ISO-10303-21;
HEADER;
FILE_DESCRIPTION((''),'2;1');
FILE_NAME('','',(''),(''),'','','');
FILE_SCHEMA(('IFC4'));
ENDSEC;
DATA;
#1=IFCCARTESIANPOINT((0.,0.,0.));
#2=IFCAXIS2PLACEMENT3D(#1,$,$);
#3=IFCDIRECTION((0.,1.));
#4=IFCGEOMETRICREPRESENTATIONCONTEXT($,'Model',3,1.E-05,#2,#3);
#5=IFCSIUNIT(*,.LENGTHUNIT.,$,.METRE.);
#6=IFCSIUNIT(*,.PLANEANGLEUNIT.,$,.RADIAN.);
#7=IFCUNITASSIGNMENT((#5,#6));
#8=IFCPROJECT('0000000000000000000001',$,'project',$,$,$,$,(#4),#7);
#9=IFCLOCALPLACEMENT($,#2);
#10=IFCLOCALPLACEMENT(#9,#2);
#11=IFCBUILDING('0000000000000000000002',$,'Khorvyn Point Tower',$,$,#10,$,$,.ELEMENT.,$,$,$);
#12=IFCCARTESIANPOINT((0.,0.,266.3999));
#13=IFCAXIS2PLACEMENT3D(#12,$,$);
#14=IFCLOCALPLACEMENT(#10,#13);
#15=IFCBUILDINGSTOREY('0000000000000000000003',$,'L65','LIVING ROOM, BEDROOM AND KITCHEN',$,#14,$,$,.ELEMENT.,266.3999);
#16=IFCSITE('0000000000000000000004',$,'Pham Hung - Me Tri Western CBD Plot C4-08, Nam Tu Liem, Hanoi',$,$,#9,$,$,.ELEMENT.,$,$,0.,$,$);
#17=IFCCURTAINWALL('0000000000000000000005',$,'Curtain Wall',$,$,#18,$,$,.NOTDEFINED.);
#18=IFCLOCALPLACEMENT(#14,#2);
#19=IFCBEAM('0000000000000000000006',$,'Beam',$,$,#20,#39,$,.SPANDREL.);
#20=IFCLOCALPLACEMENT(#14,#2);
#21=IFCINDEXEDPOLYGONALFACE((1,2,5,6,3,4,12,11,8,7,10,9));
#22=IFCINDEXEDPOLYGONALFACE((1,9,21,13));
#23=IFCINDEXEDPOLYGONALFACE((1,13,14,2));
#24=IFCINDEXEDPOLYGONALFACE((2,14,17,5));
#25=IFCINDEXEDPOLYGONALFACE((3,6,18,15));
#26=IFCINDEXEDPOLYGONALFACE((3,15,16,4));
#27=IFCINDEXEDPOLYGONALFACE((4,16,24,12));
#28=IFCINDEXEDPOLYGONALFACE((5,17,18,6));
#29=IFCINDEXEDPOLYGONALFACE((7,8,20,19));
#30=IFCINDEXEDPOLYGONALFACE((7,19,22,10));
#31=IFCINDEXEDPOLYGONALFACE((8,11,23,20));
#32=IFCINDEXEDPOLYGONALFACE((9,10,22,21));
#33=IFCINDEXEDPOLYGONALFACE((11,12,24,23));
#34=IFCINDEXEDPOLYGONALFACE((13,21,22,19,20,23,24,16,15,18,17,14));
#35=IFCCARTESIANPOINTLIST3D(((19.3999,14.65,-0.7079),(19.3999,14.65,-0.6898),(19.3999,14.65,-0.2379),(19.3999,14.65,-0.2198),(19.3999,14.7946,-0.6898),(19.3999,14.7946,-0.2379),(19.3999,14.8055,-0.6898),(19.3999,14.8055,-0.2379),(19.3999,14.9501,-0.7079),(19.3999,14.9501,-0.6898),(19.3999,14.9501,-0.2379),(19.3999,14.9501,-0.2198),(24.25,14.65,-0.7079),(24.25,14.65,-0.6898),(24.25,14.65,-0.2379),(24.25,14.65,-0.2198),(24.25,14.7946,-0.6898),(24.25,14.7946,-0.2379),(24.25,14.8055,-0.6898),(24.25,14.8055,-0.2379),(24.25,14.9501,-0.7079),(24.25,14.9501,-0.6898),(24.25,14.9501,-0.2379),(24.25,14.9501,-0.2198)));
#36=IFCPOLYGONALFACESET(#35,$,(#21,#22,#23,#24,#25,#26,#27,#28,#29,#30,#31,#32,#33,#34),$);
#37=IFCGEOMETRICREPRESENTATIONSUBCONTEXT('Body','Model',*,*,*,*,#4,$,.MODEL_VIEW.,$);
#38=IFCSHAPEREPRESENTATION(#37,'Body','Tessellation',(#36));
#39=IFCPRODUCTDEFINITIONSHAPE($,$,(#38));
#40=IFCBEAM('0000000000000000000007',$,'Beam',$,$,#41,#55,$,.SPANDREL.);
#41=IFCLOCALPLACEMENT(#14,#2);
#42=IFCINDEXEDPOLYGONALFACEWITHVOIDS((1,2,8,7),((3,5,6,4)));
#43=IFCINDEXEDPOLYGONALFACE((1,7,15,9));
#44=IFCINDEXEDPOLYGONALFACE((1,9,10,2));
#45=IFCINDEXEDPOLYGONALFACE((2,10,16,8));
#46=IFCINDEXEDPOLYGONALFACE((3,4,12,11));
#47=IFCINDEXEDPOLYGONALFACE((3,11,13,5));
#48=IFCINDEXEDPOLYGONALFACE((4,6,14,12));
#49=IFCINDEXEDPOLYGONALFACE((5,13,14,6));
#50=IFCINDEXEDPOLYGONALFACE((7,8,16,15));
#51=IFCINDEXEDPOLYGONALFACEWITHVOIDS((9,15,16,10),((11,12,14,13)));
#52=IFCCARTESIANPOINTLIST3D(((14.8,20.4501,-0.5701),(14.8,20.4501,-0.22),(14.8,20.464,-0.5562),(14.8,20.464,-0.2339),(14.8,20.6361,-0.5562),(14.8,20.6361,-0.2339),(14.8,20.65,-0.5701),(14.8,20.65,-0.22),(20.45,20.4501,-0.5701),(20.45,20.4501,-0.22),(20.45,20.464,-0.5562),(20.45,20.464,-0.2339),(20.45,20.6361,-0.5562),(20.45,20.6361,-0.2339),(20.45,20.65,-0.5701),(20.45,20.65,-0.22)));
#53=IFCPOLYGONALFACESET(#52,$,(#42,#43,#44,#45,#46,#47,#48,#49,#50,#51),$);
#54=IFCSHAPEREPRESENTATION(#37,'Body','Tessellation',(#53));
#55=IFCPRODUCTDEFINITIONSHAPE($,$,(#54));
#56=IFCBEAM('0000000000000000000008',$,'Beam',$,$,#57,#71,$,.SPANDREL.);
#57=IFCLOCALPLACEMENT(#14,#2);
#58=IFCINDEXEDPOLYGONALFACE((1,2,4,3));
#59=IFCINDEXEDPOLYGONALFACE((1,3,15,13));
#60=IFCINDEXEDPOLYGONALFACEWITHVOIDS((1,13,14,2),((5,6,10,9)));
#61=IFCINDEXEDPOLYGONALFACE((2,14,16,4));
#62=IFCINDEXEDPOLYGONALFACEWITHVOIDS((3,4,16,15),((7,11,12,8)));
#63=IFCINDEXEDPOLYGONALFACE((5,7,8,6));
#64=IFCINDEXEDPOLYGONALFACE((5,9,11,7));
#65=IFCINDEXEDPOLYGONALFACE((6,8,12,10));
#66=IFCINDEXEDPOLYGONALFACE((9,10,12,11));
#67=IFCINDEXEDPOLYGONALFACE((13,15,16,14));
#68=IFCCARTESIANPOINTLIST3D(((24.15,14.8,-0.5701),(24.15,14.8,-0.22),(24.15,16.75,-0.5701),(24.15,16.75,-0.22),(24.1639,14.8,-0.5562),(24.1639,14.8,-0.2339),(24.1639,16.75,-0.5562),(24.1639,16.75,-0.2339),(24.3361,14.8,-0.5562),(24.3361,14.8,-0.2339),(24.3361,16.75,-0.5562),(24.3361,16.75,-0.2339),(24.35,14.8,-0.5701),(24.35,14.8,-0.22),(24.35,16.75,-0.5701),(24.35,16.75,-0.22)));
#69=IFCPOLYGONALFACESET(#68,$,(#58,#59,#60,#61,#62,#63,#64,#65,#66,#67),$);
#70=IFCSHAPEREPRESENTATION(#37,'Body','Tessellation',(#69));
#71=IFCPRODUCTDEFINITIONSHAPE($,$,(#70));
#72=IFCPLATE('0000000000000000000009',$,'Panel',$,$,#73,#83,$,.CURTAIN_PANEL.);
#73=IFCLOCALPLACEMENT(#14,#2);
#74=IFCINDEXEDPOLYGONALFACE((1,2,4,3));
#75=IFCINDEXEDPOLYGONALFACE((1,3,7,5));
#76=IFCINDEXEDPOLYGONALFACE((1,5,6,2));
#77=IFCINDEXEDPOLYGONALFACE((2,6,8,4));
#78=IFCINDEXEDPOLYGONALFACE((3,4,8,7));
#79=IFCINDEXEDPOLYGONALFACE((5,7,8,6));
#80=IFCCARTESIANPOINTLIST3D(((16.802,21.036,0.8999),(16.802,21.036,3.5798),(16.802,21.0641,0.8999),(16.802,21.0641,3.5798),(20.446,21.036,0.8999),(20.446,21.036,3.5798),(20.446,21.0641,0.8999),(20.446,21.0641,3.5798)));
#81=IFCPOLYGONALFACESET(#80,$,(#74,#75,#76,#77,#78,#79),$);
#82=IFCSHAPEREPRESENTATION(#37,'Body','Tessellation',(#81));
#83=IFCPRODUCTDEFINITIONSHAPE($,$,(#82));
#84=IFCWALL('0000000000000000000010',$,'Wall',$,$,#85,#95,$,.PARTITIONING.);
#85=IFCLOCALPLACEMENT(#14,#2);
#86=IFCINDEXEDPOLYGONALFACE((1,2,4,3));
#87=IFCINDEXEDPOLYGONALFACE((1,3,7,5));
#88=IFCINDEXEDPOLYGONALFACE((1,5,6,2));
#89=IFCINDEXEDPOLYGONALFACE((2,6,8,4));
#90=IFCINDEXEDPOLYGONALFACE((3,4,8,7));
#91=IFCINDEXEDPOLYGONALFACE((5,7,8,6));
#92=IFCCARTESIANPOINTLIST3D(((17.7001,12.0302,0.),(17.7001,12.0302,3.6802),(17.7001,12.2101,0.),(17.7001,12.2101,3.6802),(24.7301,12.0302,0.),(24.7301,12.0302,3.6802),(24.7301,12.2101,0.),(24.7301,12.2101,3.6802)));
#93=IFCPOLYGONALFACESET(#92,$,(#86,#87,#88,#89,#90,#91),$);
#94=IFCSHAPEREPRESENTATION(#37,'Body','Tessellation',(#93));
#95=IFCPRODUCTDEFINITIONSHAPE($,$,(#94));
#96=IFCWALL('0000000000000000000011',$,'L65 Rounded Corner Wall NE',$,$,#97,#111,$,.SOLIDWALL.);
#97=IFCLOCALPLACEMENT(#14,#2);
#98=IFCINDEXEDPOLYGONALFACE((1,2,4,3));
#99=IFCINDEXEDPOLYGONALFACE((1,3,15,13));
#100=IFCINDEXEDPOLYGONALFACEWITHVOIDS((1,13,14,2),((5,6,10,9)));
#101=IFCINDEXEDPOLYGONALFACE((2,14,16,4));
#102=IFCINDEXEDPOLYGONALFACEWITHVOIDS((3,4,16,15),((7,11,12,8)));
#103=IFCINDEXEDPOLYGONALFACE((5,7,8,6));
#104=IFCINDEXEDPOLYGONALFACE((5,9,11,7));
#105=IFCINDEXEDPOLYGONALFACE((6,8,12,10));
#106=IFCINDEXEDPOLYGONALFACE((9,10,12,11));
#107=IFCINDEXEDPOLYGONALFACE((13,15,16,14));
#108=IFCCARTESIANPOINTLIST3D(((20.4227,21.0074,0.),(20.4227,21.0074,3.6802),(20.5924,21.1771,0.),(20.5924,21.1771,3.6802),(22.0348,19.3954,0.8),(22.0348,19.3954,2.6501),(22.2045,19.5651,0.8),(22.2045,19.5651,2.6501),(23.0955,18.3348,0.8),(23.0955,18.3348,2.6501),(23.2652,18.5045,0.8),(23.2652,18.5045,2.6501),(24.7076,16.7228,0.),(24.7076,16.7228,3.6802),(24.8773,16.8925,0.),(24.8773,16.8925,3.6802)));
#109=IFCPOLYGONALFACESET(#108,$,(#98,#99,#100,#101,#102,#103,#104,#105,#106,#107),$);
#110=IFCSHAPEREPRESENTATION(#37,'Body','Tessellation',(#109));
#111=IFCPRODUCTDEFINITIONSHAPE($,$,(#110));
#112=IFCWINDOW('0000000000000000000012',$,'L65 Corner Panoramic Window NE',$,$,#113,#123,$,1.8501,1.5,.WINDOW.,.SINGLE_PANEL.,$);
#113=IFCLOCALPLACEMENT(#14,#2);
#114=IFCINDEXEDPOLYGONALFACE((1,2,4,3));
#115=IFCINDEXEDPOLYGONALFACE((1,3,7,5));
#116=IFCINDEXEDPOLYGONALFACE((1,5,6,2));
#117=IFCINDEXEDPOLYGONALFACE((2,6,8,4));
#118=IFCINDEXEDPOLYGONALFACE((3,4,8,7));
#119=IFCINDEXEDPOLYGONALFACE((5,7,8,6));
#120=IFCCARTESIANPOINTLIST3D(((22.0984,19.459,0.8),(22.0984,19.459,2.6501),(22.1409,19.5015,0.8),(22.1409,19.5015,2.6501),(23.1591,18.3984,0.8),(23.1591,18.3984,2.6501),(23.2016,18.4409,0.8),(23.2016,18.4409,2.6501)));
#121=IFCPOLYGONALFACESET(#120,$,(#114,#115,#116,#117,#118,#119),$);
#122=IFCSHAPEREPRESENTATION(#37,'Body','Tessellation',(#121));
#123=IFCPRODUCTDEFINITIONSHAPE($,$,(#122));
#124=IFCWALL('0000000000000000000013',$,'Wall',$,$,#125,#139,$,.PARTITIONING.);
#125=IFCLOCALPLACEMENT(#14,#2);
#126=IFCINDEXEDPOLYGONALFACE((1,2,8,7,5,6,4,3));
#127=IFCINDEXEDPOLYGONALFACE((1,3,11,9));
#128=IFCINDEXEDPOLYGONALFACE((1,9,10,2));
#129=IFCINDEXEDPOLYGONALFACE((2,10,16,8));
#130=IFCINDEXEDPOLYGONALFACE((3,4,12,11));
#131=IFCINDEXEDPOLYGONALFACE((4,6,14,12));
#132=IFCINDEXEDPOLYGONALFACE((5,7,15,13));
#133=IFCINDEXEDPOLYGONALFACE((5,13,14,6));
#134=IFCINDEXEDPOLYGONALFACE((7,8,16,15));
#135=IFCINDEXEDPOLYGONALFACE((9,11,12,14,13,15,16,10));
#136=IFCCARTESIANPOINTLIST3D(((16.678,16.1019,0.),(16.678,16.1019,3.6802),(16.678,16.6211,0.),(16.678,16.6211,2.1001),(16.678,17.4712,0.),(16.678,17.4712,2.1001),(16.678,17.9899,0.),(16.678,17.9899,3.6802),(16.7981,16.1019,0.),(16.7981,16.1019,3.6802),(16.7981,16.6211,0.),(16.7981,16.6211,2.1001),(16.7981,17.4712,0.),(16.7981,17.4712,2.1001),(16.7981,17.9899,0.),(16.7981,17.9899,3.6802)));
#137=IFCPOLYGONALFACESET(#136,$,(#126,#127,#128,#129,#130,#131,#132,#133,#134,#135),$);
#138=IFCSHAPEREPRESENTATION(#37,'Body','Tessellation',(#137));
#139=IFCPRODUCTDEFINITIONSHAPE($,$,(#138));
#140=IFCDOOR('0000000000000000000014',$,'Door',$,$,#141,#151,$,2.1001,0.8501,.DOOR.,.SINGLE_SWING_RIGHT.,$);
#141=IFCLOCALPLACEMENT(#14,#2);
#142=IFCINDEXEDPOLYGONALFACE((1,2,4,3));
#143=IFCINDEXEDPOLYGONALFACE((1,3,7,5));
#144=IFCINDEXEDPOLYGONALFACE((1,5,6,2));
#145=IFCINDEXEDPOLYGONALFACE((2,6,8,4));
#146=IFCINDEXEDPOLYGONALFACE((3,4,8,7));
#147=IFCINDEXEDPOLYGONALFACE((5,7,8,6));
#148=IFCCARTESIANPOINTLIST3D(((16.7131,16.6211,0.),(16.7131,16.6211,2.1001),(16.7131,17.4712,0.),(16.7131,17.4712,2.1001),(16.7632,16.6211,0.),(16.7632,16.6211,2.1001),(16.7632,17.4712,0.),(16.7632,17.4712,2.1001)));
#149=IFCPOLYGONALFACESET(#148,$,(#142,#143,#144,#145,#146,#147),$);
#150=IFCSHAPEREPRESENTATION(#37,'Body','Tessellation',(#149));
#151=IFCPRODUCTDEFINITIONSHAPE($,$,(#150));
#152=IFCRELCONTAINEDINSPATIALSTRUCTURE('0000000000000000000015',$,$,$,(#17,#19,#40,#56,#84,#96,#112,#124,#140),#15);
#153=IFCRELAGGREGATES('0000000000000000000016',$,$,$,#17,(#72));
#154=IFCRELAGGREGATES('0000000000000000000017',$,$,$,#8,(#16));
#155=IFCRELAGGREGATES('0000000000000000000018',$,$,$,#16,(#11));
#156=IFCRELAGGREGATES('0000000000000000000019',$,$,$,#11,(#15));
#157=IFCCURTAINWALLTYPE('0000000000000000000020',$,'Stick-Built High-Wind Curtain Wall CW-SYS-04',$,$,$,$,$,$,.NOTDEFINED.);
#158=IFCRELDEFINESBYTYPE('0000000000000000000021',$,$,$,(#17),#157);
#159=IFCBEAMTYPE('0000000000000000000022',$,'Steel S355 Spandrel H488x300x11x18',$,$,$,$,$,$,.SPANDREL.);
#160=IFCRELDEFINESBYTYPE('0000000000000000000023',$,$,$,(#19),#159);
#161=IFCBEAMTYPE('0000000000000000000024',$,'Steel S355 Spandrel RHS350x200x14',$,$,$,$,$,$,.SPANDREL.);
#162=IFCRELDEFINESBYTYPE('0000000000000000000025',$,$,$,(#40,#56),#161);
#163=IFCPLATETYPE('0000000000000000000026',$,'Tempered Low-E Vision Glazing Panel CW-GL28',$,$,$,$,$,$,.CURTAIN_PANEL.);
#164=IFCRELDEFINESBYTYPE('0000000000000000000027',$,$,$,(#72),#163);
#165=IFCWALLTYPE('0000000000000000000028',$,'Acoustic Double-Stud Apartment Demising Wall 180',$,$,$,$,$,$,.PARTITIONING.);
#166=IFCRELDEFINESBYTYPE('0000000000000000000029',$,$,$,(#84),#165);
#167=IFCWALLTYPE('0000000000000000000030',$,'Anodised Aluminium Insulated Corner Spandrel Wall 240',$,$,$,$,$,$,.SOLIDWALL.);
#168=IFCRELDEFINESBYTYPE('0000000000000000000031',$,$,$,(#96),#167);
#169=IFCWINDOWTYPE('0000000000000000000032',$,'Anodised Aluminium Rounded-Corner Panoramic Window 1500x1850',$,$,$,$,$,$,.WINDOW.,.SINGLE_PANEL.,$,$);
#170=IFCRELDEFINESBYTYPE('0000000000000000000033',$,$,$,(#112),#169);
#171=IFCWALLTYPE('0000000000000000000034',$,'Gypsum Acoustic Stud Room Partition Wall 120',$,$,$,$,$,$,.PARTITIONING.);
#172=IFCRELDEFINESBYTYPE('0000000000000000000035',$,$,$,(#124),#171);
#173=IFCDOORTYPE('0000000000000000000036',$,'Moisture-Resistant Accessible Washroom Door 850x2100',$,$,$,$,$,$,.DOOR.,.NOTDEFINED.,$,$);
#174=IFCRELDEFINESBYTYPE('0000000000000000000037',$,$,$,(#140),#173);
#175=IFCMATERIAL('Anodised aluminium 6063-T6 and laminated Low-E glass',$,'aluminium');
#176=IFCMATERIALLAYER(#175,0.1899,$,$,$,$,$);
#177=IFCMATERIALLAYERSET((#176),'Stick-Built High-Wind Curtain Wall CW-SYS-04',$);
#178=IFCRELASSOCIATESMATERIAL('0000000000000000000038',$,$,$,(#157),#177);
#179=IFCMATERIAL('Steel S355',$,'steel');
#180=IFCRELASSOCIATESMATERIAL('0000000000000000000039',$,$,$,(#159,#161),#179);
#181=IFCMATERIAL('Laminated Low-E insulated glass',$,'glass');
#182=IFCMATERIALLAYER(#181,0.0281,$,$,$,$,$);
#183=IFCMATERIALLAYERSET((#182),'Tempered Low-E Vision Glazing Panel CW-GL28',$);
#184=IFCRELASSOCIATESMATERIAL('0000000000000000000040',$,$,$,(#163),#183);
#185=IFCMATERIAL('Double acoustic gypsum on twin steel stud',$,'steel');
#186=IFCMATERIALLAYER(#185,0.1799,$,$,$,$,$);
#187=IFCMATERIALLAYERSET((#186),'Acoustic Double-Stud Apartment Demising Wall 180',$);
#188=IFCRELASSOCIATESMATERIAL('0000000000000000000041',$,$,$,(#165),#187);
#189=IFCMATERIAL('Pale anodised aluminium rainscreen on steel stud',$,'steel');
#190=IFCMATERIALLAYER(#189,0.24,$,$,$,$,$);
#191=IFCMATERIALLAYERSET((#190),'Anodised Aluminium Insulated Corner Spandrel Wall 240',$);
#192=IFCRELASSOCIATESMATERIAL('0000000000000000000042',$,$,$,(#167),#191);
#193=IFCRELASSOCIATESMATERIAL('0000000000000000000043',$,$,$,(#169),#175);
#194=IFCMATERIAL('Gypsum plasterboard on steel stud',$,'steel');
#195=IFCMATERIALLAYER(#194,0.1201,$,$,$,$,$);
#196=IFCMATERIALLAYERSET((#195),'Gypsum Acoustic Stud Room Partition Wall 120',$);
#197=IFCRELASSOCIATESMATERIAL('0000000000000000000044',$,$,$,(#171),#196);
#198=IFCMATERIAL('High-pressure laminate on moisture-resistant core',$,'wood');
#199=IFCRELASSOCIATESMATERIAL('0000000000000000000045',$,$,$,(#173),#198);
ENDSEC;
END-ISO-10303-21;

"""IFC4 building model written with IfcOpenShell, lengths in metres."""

from ifc_helpers import new_model, si_unit, direction, frame, frame_2d, origin, origin_2d, place, context, subcontext, project, spatial, rectangle, hollow_rectangle, i_section, extrude, material, layer, layer_set, material_profile, profile_set, type_object, element, fill, aggregate, save


model = new_model("IFC4")

# Units and contexts
model_context = context("Model", 3, precision=1e-05, world=origin(), true_north=direction((0.0, 1.0)))
body_context = subcontext(model_context, "Body", "Model", "MODEL_VIEW")
ifc_project = project(units=[si_unit("LENGTHUNIT", "METRE"), si_unit("PLANEANGLEUNIT", "RADIAN")], contexts=[model_context])

# Site, building, storey
site_placement = place(None, origin())
site = spatial("IfcSite", under=ifc_project, at=site_placement, Name="Pham Hung - Me Tri Western CBD Plot C4-08, Nam Tu Liem, Hanoi", CompositionType="ELEMENT", RefElevation=0.0)
building_placement = place(site_placement, origin())
building = spatial("IfcBuilding", under=site, at=building_placement, Name="Khorvyn Point Tower", CompositionType="ELEMENT")
storey_placement = place(building_placement, frame((0.0, 0.0, 266.3999)))
storey = spatial("IfcBuildingStorey", under=building, at=storey_placement, Name="L65", Description="LIVING ROOM, BEDROOM AND KITCHEN", CompositionType="ELEMENT", Elevation=266.3999)

# Shared definitions
ifc_material_1 = material(Name="Steel S355", Category="steel")

# Curtain wall
ifc_material_2 = material(Name="Anodised aluminium 6063-T6 and laminated Low-E glass", Category="aluminium")
ifc_layer_1 = layer(ifc_material_2, 0.1899)
ifc_layer_set_1 = layer_set([ifc_layer_1], Name="Stick-Built High-Wind Curtain Wall CW-SYS-04")
curtain_wall_type = type_object("IfcCurtainWallType", Name="Stick-Built High-Wind Curtain Wall CW-SYS-04", PredefinedType="NOTDEFINED", material=ifc_layer_set_1)
curtain_wall_1_placement = place(storey_placement, origin())
curtain_wall_1 = element("IfcCurtainWall", 1, at=curtain_wall_1_placement, inside=storey, type_object=curtain_wall_type, Name="Curtain Wall", PredefinedType="NOTDEFINED")

# Beams
ifc_material_profile_1 = material_profile(ifc_material_1, i_section(OverallWidth=0.3, OverallDepth=0.488, WebThickness=0.011, FlangeThickness=0.0181, at=origin_2d()))
ifc_profile_set_1 = profile_set([ifc_material_profile_1], Name="Steel S355 H488x300x11x18")
beam_type_1 = type_object("IfcBeamType", Name="Steel S355 Spandrel H488x300x11x18", PredefinedType="SPANDREL", material=ifc_profile_set_1)
beam_1_placement = place(storey_placement, frame((19.3999, 14.8, -0.4639), z_axis=(1.0, 0.0, 0.0), x_axis=(0.0, 1.0, 0.0)))
element("IfcBeam", 2, at=beam_1_placement, inside=storey, type_object=beam_type_1, Name="Beam", PredefinedType="SPANDREL", context=body_context, shape_type="SweptSolid", body=[
    extrude(i_section(OverallWidth=0.3, OverallDepth=0.488, WebThickness=0.011, FlangeThickness=0.0181, at=origin_2d()), origin(), (0.0, 0.0, 1.0), 4.8501),
])
ifc_material_profile_2 = material_profile(ifc_material_1, hollow_rectangle(XDim=0.2, YDim=0.3501, WallThickness=0.0139, at=origin_2d()))
ifc_profile_set_2 = profile_set([ifc_material_profile_2], Name="Steel S355 RHS350x200x14")
beam_type_2 = type_object("IfcBeamType", Name="Steel S355 Spandrel RHS350x200x14", PredefinedType="SPANDREL", material=ifc_profile_set_2)
beam_2_placement = place(storey_placement, frame((14.8, 20.55, -0.395), z_axis=(1.0, 0.0, 0.0), x_axis=(0.0, 1.0, 0.0)))
element("IfcBeam", 3, at=beam_2_placement, inside=storey, type_object=beam_type_2, Name="Beam", PredefinedType="SPANDREL", context=body_context, shape_type="SweptSolid", body=[
    extrude(hollow_rectangle(XDim=0.2, YDim=0.3501, WallThickness=0.0139, at=origin_2d()), origin(), (0.0, 0.0, 1.0), 5.6499),
])
beam_3_placement = place(storey_placement, frame((24.25, 14.8, -0.395), z_axis=(0.0, 1.0, 0.0), x_axis=(-1.0, 0.0, 0.0)))
element("IfcBeam", 4, at=beam_3_placement, inside=storey, type_object=beam_type_2, Name="Beam", PredefinedType="SPANDREL", context=body_context, shape_type="SweptSolid", body=[
    extrude(hollow_rectangle(XDim=0.2, YDim=0.3501, WallThickness=0.0139, at=origin_2d()), origin(), (0.0, 0.0, 1.0), 1.95),
])

# Plate
ifc_material_3 = material(Name="Laminated Low-E insulated glass", Category="glass")
ifc_layer_2 = layer(ifc_material_3, 0.0281)
ifc_layer_set_2 = layer_set([ifc_layer_2], Name="Tempered Low-E Vision Glazing Panel CW-GL28")
plate_type = type_object("IfcPlateType", Name="Tempered Low-E Vision Glazing Panel CW-GL28", PredefinedType="CURTAIN_PANEL", material=ifc_layer_set_2)
plate_placement = place(storey_placement, frame((18.624, 21.05, 0.8999), z_axis=(0.0, 0.0, 1.0), x_axis=(1.0, 0.0, 0.0)))
plate = element("IfcPlate", 5, at=plate_placement, type_object=plate_type, Name="Panel", PredefinedType="CURTAIN_PANEL", context=body_context, shape_type="SweptSolid", body=[
    extrude(rectangle(XDim=3.644, YDim=0.0281, at=origin_2d()), origin(), (0.0, 0.0, 1.0), 2.6799),
])
aggregate(curtain_wall_1, [plate])

# Wall
ifc_material_4 = material(Name="Double acoustic gypsum on twin steel stud", Category="steel")
ifc_layer_3 = layer(ifc_material_4, 0.1799)
ifc_layer_set_3 = layer_set([ifc_layer_3], Name="Acoustic Double-Stud Apartment Demising Wall 180")
wall_type_1 = type_object("IfcWallType", Name="Acoustic Double-Stud Apartment Demising Wall 180", PredefinedType="PARTITIONING", material=ifc_layer_set_3)
wall_1_placement = place(storey_placement, frame((17.7, 12.1201, 0.0), z_axis=(0.0, 0.0, 1.0), x_axis=(1.0, 0.0, 0.0)))
element("IfcWall", 6, at=wall_1_placement, inside=storey, type_object=wall_type_1, Name="Wall", PredefinedType="PARTITIONING", context=body_context, shape_type="SweptSolid", body=[
    extrude(rectangle(XDim=7.03, YDim=0.1799, at=frame_2d((3.5151, 0.0))), origin(), (0.0, 0.0, 1.0), 3.6802),
])

# Wall, opening, window
ifc_material_5 = material(Name="Pale anodised aluminium rainscreen on steel stud", Category="steel")
ifc_layer_4 = layer(ifc_material_5, 0.24)
ifc_layer_set_4 = layer_set([ifc_layer_4], Name="Anodised Aluminium Insulated Corner Spandrel Wall 240")
wall_type_2 = type_object("IfcWallType", Name="Anodised Aluminium Insulated Corner Spandrel Wall 240", PredefinedType="SOLIDWALL", material=ifc_layer_set_4)
wall_2_placement = place(storey_placement, frame((20.5076, 21.0923, 0.0), z_axis=(0.0, 0.0, 1.0), x_axis=(0.707127, -0.707087, 0.0)))
wall_2 = element("IfcWall", 7, at=wall_2_placement, inside=storey, type_object=wall_type_2, Name="L65 Rounded Corner Wall NE", PredefinedType="SOLIDWALL", context=body_context, shape_type="SweptSolid", body=[
    extrude(rectangle(XDim=6.0596, YDim=0.24, at=frame_2d((3.0298, 0.0))), origin(), (0.0, 0.0, 1.0), 3.6802),
])
opening_1_placement = place(wall_2_placement, frame((2.2798, 0.0, 0.8)))
opening_1 = element("IfcOpeningElement", 8, at=opening_1_placement, cuts=wall_2, PredefinedType="OPENING", context=body_context, shape_type="SweptSolid", body=[
    extrude(rectangle(XDim=1.5, YDim=1.8501, at=frame_2d((0.75, 0.925))), frame((0.0, 0.1299, 0.0), z_axis=(0.0, -1.0, 0.0), x_axis=(1.0, 0.0, 0.0)), (0.0, 0.0, 1.0), 0.26),
])
window_type = type_object("IfcWindowType", Name="Anodised Aluminium Rounded-Corner Panoramic Window 1500x1850", PartitioningType="SINGLE_PANEL", PredefinedType="WINDOW", material=ifc_material_2)
window_placement = place(opening_1_placement, origin())
window = element("IfcWindow", 9, at=window_placement, inside=storey, type_object=window_type, Name="L65 Corner Panoramic Window NE", OverallHeight=1.8501, OverallWidth=1.5, PartitioningType="SINGLE_PANEL", PredefinedType="WINDOW", context=body_context, shape_type="SweptSolid", body=[
    extrude(rectangle(XDim=1.5, YDim=1.8501, at=frame_2d((0.75, 0.925))), frame((0.0, 0.03, 0.0), z_axis=(0.0, -1.0, 0.0), x_axis=(1.0, 0.0, 0.0)), (0.0, 0.0, 1.0), 0.0601),
])
fill(opening_1, window)

# Wall, opening, door
ifc_material_6 = material(Name="Gypsum plasterboard on steel stud", Category="steel")
ifc_layer_5 = layer(ifc_material_6, 0.1201)
ifc_layer_set_5 = layer_set([ifc_layer_5], Name="Gypsum Acoustic Stud Room Partition Wall 120")
wall_type_3 = type_object("IfcWallType", Name="Gypsum Acoustic Stud Room Partition Wall 120", PredefinedType="PARTITIONING", material=ifc_layer_set_5)
wall_3_placement = place(storey_placement, frame((16.738, 16.1021, 0.0), z_axis=(0.0, 0.0, 1.0), x_axis=(0.0, 1.0, 0.0)))
wall_3 = element("IfcWall", 10, at=wall_3_placement, inside=storey, type_object=wall_type_3, Name="Wall", PredefinedType="PARTITIONING", context=body_context, shape_type="SweptSolid", body=[
    extrude(rectangle(XDim=1.8879, YDim=0.1201, at=frame_2d((0.9438, 0.0))), origin(), (0.0, 0.0, 1.0), 3.6802),
])
opening_2_placement = place(wall_3_placement, frame((0.519, 0.0, 0.0)))
opening_2 = element("IfcOpeningElement", 11, at=opening_2_placement, cuts=wall_3, PredefinedType="OPENING", context=body_context, shape_type="SweptSolid", body=[
    extrude(rectangle(XDim=0.8501, YDim=2.1001, at=frame_2d((0.425, 1.05))), frame((0.0, 0.0701, 0.0), z_axis=(0.0, -1.0, 0.0), x_axis=(1.0, 0.0, 0.0)), (0.0, 0.0, 1.0), 0.1401),
])
ifc_material_7 = material(Name="High-pressure laminate on moisture-resistant core", Category="wood")
door_type_1 = type_object("IfcDoorType", Name="Moisture-Resistant Accessible Washroom Door 850x2100", OperationType="NOTDEFINED", PredefinedType="DOOR", material=ifc_material_7)
door_1_placement = place(opening_2_placement, origin())
door_1 = element("IfcDoor", 12, at=door_1_placement, inside=storey, type_object=door_type_1, Name="Door", OperationType="SINGLE_SWING_RIGHT", OverallHeight=2.1001, OverallWidth=0.8501, PredefinedType="DOOR", context=body_context, shape_type="SweptSolid", body=[
    extrude(rectangle(XDim=0.8501, YDim=2.1001, at=frame_2d((0.425, 1.05))), frame((0.0, 0.0249, 0.0), z_axis=(0.0, -1.0, 0.0), x_axis=(1.0, 0.0, 0.0)), (0.0, 0.0, 1.0), 0.05),
])
fill(opening_2, door_1)

save(model, "model.ifc")
